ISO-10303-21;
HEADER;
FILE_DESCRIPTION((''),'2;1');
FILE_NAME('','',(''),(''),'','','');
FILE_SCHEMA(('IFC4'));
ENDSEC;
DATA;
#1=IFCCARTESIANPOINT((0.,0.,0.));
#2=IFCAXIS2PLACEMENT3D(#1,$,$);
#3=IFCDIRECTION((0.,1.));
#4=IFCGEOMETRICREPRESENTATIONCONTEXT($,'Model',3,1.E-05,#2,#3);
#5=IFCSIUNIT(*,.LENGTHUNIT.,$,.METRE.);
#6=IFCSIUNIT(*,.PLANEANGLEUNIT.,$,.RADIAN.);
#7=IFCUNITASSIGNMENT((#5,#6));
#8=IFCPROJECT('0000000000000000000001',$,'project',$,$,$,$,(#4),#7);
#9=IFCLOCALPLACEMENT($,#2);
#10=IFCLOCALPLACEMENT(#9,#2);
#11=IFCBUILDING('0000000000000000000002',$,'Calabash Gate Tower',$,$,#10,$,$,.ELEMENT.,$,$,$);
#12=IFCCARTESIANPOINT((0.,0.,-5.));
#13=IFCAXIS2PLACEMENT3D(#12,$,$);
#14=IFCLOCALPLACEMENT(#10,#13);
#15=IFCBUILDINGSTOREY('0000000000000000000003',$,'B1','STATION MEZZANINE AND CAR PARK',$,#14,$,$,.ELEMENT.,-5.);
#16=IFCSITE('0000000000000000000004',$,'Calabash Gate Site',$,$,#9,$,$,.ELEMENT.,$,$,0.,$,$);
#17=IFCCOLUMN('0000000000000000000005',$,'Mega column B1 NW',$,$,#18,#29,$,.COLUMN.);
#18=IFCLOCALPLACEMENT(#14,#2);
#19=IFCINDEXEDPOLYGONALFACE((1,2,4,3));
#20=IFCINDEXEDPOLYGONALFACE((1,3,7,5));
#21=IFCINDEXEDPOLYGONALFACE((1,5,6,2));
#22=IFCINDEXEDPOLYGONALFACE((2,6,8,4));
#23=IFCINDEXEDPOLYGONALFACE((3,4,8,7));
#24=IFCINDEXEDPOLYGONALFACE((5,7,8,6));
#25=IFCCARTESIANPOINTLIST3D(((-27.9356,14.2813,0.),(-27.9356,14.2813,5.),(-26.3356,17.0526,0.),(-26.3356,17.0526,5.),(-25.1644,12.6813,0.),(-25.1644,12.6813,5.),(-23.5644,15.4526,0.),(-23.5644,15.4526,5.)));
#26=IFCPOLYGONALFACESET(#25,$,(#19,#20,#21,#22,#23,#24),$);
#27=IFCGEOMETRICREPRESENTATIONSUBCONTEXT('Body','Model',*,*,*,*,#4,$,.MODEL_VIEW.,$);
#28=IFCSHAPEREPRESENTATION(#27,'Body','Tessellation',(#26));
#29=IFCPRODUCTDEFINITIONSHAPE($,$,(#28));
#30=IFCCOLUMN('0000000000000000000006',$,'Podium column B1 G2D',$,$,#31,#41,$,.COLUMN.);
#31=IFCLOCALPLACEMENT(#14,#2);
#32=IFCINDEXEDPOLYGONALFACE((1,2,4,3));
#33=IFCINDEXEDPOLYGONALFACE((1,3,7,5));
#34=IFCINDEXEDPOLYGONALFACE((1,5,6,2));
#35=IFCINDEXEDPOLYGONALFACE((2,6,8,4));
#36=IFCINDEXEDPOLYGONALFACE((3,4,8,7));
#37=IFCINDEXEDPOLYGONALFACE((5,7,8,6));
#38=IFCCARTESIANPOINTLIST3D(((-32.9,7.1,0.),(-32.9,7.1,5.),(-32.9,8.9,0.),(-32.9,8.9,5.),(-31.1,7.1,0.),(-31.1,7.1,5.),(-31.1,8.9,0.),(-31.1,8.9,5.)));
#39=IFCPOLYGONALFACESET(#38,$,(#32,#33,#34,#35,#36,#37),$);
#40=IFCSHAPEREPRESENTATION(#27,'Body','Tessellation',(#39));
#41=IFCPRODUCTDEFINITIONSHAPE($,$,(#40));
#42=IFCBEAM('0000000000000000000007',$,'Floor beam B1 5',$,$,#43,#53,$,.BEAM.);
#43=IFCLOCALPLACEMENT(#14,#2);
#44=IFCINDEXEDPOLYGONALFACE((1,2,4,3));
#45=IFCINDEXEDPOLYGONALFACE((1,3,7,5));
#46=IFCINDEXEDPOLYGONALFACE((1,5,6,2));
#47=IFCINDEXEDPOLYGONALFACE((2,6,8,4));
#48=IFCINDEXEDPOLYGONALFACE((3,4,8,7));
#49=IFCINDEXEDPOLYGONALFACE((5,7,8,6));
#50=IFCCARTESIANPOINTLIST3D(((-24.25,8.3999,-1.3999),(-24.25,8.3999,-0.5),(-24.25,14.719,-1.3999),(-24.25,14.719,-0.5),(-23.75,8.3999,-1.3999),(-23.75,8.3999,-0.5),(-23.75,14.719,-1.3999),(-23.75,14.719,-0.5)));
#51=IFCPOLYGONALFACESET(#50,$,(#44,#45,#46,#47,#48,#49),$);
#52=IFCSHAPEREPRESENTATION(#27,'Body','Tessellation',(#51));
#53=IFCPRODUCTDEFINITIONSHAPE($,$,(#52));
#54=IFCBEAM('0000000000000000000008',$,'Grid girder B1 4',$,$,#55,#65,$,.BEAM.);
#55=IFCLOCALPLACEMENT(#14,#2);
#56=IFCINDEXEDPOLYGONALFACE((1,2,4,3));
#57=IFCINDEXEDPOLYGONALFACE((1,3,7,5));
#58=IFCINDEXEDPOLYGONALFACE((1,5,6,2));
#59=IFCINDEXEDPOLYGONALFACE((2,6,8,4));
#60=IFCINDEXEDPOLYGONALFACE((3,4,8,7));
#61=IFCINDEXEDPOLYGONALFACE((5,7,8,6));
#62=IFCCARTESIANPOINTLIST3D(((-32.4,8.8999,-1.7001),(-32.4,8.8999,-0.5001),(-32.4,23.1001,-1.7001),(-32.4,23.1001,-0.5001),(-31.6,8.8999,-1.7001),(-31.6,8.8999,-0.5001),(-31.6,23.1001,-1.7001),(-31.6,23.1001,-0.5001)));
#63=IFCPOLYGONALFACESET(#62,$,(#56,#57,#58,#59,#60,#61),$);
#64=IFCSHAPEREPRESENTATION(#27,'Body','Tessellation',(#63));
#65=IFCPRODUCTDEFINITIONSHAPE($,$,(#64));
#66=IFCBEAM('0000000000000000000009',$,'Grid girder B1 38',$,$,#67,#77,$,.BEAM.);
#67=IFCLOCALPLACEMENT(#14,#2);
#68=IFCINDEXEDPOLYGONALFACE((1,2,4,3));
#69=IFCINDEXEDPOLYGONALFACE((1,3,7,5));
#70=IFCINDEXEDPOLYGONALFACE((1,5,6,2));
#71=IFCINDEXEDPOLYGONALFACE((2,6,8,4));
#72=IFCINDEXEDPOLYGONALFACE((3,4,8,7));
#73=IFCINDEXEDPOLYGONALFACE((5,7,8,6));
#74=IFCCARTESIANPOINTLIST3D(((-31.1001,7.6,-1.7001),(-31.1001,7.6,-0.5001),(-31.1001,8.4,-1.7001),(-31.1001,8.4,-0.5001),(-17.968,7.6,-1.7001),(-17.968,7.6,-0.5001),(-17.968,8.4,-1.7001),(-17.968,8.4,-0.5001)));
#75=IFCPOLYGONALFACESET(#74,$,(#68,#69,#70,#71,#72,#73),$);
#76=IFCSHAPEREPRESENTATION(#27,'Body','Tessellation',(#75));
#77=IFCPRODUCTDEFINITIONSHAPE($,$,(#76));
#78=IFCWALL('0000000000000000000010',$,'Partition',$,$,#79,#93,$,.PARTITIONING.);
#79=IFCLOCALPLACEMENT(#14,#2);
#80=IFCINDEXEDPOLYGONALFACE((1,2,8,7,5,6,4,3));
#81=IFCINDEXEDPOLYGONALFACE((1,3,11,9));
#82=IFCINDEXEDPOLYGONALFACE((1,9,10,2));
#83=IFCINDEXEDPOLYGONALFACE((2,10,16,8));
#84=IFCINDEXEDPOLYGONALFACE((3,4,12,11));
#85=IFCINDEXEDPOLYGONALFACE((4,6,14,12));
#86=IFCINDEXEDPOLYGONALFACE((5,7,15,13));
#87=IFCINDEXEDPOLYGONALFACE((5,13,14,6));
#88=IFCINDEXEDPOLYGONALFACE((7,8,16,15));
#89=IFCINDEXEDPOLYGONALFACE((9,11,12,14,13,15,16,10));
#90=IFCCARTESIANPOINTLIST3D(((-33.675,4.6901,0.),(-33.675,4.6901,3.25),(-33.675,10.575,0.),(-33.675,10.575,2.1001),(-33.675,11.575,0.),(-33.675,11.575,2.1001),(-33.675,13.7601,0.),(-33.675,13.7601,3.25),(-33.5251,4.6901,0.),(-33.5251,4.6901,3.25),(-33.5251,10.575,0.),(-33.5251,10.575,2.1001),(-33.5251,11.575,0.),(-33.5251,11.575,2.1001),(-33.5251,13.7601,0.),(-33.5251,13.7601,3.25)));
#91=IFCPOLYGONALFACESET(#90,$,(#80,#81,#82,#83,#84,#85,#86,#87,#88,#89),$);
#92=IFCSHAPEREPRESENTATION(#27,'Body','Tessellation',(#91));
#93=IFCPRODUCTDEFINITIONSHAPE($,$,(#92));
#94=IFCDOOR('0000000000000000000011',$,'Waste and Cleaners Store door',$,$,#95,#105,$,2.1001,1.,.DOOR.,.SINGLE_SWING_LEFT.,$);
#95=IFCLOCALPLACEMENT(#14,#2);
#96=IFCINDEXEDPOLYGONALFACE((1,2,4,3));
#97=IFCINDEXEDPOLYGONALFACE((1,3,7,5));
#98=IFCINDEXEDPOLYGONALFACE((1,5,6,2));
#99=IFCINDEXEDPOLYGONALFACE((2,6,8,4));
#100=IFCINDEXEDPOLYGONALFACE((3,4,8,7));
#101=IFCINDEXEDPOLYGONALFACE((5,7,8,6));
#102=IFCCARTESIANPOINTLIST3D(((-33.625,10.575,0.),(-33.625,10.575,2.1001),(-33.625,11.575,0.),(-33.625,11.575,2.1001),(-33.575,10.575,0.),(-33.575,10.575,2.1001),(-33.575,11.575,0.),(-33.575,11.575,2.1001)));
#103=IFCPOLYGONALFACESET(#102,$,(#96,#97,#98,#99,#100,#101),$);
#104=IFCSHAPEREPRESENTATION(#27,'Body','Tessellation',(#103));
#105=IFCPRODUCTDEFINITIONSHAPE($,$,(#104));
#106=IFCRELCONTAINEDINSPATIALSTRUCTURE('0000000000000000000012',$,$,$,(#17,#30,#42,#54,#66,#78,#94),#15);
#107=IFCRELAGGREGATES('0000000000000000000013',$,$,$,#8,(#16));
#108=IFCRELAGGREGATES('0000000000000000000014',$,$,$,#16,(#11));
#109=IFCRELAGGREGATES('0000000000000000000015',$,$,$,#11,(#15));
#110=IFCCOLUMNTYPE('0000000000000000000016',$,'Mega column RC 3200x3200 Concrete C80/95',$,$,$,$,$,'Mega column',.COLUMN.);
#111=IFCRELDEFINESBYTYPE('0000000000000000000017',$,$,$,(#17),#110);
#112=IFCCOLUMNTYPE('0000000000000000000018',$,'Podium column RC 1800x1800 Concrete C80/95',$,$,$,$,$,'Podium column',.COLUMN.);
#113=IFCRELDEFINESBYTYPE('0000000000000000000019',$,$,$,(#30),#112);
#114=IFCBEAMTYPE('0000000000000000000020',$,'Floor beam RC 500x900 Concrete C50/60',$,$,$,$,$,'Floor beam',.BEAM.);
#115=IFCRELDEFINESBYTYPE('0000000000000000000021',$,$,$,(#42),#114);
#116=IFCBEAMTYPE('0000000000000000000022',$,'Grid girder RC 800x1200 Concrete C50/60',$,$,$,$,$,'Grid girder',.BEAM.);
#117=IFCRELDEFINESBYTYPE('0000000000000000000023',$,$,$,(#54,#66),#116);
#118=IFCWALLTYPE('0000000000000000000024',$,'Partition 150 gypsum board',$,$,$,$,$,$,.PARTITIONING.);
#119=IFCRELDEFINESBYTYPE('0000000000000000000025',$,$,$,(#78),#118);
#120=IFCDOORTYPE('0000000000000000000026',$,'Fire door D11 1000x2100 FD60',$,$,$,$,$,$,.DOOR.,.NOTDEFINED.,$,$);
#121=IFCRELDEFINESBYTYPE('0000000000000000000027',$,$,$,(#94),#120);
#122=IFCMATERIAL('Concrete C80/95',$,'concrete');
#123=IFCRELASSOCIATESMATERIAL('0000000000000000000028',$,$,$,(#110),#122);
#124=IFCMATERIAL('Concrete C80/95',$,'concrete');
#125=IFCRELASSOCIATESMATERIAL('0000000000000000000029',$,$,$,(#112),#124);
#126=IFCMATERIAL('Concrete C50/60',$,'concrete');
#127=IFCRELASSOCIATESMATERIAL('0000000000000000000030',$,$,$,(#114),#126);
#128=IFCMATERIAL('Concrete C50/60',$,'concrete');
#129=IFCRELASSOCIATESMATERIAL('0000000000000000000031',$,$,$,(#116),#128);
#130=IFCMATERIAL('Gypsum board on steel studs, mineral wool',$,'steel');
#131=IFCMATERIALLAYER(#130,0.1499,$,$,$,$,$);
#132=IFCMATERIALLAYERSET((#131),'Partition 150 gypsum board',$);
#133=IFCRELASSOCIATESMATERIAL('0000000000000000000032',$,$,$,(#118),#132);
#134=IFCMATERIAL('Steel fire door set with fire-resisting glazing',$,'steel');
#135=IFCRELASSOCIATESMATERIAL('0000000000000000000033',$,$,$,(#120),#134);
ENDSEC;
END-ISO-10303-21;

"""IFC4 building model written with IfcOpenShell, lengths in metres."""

from ifc_helpers import new_model, si_unit, direction, frame, frame_2d, origin, origin_2d, place, context, subcontext, project, spatial, rectangle, extrude, material, layer, layer_set, material_profile, profile_set, type_object, element, fill, save


model = new_model("IFC4")

# Units and contexts
model_context = context("Model", 3, precision=1e-05, world=origin(), true_north=direction((0.0, 1.0)))
body_context = subcontext(model_context, "Body", "Model", "MODEL_VIEW")
ifc_project = project(units=[si_unit("LENGTHUNIT", "METRE"), si_unit("PLANEANGLEUNIT", "RADIAN")], contexts=[model_context])

# Site, building, storey
site_placement = place(None, origin())
site = spatial("IfcSite", under=ifc_project, at=site_placement, Name="Calabash Gate Site", CompositionType="ELEMENT", RefElevation=0.0)
building_placement = place(site_placement, origin())
building = spatial("IfcBuilding", under=site, at=building_placement, Name="Calabash Gate Tower", CompositionType="ELEMENT")
storey_placement = place(building_placement, frame((0.0, 0.0, -5.0)))
storey = spatial("IfcBuildingStorey", under=building, at=storey_placement, Name="B1", Description="STATION MEZZANINE AND CAR PARK", CompositionType="ELEMENT", Elevation=-5.0)

# Columns
ifc_material_1 = material(Name="Concrete C80/95", Category="concrete")
ifc_material_profile_1 = material_profile(ifc_material_1, rectangle(XDim=3.2, YDim=3.2, at=origin_2d()))
ifc_profile_set_1 = profile_set([ifc_material_profile_1], Name="Concrete C80/95")
column_type_1 = type_object("IfcColumnType", Name="Mega column RC 3200x3200 Concrete C80/95", ElementType="Mega column", PredefinedType="COLUMN", material=ifc_profile_set_1)
column_1_placement = place(storey_placement, frame((-25.75, 14.8669, 0.0), z_axis=(0.0, 0.0, 1.0), x_axis=(0.866025, -0.5, 0.0)))
element("IfcColumn", 1, at=column_1_placement, inside=storey, type_object=column_type_1, Name="Mega column B1 NW", PredefinedType="COLUMN", context=body_context, shape_type="SweptSolid", body=[
    extrude(rectangle(XDim=3.2, YDim=3.2, at=origin_2d()), origin(), (0.0, 0.0, 1.0), 5.0),
])
ifc_material_2 = material(Name="Concrete C80/95", Category="concrete")
ifc_material_profile_2 = material_profile(ifc_material_2, rectangle(XDim=1.8, YDim=1.8, at=origin_2d()))
ifc_profile_set_2 = profile_set([ifc_material_profile_2], Name="Concrete C80/95")
column_type_2 = type_object("IfcColumnType", Name="Podium column RC 1800x1800 Concrete C80/95", ElementType="Podium column", PredefinedType="COLUMN", material=ifc_profile_set_2)
column_2_placement = place(storey_placement, frame((-32.0, 8.0, 0.0), z_axis=(0.0, 0.0, 1.0), x_axis=(1.0, 0.0, 0.0)))
element("IfcColumn", 2, at=column_2_placement, inside=storey, type_object=column_type_2, Name="Podium column B1 G2D", PredefinedType="COLUMN", context=body_context, shape_type="SweptSolid", body=[
    extrude(rectangle(XDim=1.8, YDim=1.8, at=origin_2d()), origin(), (0.0, 0.0, 1.0), 5.0),
])

# Beams
ifc_material_3 = material(Name="Concrete C50/60", Category="concrete")
ifc_material_profile_3 = material_profile(ifc_material_3, rectangle(XDim=0.5, YDim=0.8999, at=origin_2d()))
ifc_profile_set_3 = profile_set([ifc_material_profile_3], Name="Concrete C50/60")
beam_type_1 = type_object("IfcBeamType", Name="Floor beam RC 500x900 Concrete C50/60", ElementType="Floor beam", PredefinedType="BEAM", material=ifc_profile_set_3)
beam_1_placement = place(storey_placement, frame((-24.0, 8.3999, -0.95), z_axis=(0.0, 1.0, 0.0), x_axis=(-1.0, 0.0, 0.0)))
element("IfcBeam", 3, at=beam_1_placement, inside=storey, type_object=beam_type_1, Name="Floor beam B1 5", PredefinedType="BEAM", context=body_context, shape_type="SweptSolid", body=[
    extrude(rectangle(XDim=0.5, YDim=0.8999, at=origin_2d()), origin(), (0.0, 0.0, 1.0), 6.3191),
])
ifc_material_4 = material(Name="Concrete C50/60", Category="concrete")
ifc_material_profile_4 = material_profile(ifc_material_4, rectangle(XDim=0.8, YDim=1.2, at=origin_2d()))
ifc_profile_set_4 = profile_set([ifc_material_profile_4], Name="Concrete C50/60")
beam_type_2 = type_object("IfcBeamType", Name="Grid girder RC 800x1200 Concrete C50/60", ElementType="Grid girder", PredefinedType="BEAM", material=ifc_profile_set_4)
beam_2_placement = place(storey_placement, frame((-32.0, 8.8999, -1.1001), z_axis=(0.0, 1.0, 0.0), x_axis=(-1.0, 0.0, 0.0)))
element("IfcBeam", 4, at=beam_2_placement, inside=storey, type_object=beam_type_2, Name="Grid girder B1 4", PredefinedType="BEAM", context=body_context, shape_type="SweptSolid", body=[
    extrude(rectangle(XDim=0.8, YDim=1.2, at=origin_2d()), origin(), (0.0, 0.0, 1.0), 14.2002),
])
beam_3_placement = place(storey_placement, frame((-31.1001, 8.0, -1.1001), z_axis=(1.0, 0.0, 0.0), x_axis=(0.0, 1.0, 0.0)))
element("IfcBeam", 5, at=beam_3_placement, inside=storey, type_object=beam_type_2, Name="Grid girder B1 38", PredefinedType="BEAM", context=body_context, shape_type="SweptSolid", body=[
    extrude(rectangle(XDim=0.8, YDim=1.2, at=origin_2d()), origin(), (0.0, 0.0, 1.0), 13.1321),
])

# Wall, opening, door
ifc_material_5 = material(Name="Gypsum board on steel studs, mineral wool", Category="steel")
ifc_layer_1 = layer(ifc_material_5, 0.1499)
ifc_layer_set_1 = layer_set([ifc_layer_1], Name="Partition 150 gypsum board")
wall_type_1 = type_object("IfcWallType", Name="Partition 150 gypsum board", PredefinedType="PARTITIONING", material=ifc_layer_set_1)
wall_1_placement = place(storey_placement, frame((-33.6001, 4.6899, 0.0), z_axis=(0.0, 0.0, 1.0), x_axis=(0.0, 1.0, 0.0)))
wall_1 = element("IfcWall", 6, at=wall_1_placement, inside=storey, type_object=wall_type_1, Name="Partition", PredefinedType="PARTITIONING", context=body_context, shape_type="SweptSolid", body=[
    extrude(rectangle(XDim=9.0701, YDim=0.1499, at=frame_2d((4.5352, 0.0))), origin(), (0.0, 0.0, 1.0), 3.25),
])
opening_1_placement = place(wall_1_placement, frame((5.885, 0.0, 0.0)))
opening_1 = element("IfcOpeningElement", 7, at=opening_1_placement, cuts=wall_1, PredefinedType="OPENING", context=body_context, shape_type="SweptSolid", body=[
    extrude(rectangle(XDim=1.0, YDim=2.1001, at=frame_2d((0.5, 1.05))), frame((0.0, 0.085, 0.0), z_axis=(0.0, -1.0, 0.0), x_axis=(1.0, 0.0, 0.0)), (0.0, 0.0, 1.0), 0.1699),
])
ifc_material_6 = material(Name="Steel fire door set with fire-resisting glazing", Category="steel")
door_type_1 = type_object("IfcDoorType", Name="Fire door D11 1000x2100 FD60", OperationType="NOTDEFINED", PredefinedType="DOOR", material=ifc_material_6)
door_1_placement = place(opening_1_placement, origin())
door_1 = element("IfcDoor", 8, at=door_1_placement, inside=storey, type_object=door_type_1, Name="Waste and Cleaners Store door", OperationType="SINGLE_SWING_LEFT", OverallHeight=2.1001, OverallWidth=1.0, PredefinedType="DOOR", context=body_context, shape_type="SweptSolid", body=[
    extrude(rectangle(XDim=1.0, YDim=2.1001, at=frame_2d((0.5, 1.05))), frame((0.0, 0.0249, 0.0), z_axis=(0.0, -1.0, 0.0), x_axis=(1.0, 0.0, 0.0)), (0.0, 0.0, 1.0), 0.05),
])
fill(opening_1, door_1)

save(model, "model.ifc")
